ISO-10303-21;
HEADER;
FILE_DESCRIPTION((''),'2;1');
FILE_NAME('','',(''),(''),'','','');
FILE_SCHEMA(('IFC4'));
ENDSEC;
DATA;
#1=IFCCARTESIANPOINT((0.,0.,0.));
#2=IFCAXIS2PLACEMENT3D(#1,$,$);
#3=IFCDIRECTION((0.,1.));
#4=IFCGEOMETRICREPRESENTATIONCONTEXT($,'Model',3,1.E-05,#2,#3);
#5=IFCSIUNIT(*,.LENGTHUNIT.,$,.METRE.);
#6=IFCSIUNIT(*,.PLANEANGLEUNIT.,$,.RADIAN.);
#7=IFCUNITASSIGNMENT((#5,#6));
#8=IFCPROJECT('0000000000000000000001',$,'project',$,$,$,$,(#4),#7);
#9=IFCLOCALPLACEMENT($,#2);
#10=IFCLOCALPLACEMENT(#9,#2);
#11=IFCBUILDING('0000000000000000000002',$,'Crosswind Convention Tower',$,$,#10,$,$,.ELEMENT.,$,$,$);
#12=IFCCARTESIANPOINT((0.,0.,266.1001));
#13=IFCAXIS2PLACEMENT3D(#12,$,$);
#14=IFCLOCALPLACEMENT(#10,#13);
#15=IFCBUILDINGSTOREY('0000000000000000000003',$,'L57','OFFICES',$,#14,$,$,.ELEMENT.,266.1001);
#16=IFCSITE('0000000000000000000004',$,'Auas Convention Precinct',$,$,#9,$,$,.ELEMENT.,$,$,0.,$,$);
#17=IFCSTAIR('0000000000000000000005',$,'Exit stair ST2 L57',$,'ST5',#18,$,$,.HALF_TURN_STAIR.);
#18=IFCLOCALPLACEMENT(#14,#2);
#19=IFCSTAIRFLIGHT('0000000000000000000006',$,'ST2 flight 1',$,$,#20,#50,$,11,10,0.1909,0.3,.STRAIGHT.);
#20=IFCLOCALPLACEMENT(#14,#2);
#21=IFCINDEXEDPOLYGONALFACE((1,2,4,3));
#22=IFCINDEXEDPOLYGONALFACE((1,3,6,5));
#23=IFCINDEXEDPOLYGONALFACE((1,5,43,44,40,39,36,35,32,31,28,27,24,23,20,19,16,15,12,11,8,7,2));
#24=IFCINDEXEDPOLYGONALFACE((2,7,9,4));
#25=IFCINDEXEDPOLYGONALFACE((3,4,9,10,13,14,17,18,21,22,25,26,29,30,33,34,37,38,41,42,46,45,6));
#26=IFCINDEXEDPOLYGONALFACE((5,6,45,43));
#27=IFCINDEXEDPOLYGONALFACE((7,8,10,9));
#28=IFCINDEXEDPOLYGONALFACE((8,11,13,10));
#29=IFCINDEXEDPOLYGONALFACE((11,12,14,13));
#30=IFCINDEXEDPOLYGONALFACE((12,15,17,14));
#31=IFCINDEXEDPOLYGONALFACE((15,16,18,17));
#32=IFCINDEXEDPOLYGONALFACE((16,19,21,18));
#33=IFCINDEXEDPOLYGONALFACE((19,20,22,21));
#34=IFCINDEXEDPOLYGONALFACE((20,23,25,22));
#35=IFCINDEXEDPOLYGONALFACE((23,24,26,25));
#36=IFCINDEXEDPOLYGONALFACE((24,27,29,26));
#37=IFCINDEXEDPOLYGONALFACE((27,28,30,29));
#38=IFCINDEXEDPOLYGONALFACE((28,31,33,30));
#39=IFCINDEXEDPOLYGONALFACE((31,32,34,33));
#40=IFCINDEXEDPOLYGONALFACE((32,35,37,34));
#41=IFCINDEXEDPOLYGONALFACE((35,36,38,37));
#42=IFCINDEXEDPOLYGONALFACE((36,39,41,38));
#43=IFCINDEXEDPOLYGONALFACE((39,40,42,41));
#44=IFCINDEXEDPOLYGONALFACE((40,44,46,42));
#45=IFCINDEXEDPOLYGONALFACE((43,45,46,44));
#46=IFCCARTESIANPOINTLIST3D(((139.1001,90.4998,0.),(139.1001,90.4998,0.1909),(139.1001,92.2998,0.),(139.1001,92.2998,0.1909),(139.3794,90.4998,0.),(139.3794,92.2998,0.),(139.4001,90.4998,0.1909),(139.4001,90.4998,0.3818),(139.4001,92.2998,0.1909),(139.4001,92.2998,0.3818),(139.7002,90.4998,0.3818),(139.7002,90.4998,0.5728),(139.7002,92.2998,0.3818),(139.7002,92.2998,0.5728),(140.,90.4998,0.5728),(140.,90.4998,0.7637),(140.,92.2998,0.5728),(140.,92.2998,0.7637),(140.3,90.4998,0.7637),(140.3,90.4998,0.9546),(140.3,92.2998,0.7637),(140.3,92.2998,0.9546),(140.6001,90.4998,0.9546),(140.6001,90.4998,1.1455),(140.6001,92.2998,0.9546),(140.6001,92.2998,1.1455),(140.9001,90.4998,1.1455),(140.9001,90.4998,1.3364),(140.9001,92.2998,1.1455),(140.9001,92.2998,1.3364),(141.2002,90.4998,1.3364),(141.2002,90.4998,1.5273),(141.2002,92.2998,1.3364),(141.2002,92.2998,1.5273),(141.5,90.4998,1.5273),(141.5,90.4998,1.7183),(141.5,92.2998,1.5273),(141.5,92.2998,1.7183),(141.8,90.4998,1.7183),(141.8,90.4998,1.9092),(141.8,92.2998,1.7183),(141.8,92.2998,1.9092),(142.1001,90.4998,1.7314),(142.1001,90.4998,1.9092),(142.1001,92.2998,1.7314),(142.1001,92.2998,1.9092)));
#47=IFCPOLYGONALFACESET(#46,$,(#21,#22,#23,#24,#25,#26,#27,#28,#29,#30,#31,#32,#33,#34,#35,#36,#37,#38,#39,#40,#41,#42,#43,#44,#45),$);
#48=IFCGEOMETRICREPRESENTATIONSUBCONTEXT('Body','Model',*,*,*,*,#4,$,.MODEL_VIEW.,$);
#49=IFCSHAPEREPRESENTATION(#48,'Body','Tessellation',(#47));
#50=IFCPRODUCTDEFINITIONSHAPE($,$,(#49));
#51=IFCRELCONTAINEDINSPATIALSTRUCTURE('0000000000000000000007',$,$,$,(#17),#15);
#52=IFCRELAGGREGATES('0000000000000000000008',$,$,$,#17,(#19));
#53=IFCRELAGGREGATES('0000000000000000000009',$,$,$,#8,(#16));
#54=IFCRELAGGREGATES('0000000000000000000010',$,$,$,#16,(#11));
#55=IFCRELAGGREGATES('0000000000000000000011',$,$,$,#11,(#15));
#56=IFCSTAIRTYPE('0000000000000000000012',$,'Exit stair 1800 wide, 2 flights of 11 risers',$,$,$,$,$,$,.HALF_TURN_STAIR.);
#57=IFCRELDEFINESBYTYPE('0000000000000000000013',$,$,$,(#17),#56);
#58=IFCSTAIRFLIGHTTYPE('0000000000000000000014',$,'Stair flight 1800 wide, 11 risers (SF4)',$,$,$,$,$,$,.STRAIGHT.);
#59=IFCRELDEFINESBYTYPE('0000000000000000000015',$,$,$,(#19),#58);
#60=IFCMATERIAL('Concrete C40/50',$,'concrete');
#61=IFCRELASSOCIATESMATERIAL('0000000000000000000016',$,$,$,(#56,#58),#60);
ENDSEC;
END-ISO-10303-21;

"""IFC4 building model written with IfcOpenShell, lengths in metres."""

from ifc_helpers import new_model, si_unit, direction, frame, origin, place, context, subcontext, project, spatial, polyline, outline, extrude, material, type_object, element, aggregate, save


model = new_model("IFC4")

# Units and contexts
model_context = context("Model", 3, precision=1e-05, world=origin(), true_north=direction((0.0, 1.0)))
body_context = subcontext(model_context, "Body", "Model", "MODEL_VIEW")
ifc_project = project(units=[si_unit("LENGTHUNIT", "METRE"), si_unit("PLANEANGLEUNIT", "RADIAN")], contexts=[model_context])

# Site, building, storey
site_placement = place(None, origin())
site = spatial("IfcSite", under=ifc_project, at=site_placement, Name="Auas Convention Precinct", CompositionType="ELEMENT", RefElevation=0.0)
building_placement = place(site_placement, origin())
building = spatial("IfcBuilding", under=site, at=building_placement, Name="Crosswind Convention Tower", CompositionType="ELEMENT")
storey_placement = place(building_placement, frame((0.0, 0.0, 266.1001)))
storey = spatial("IfcBuildingStorey", under=building, at=storey_placement, Name="L57", Description="OFFICES", CompositionType="ELEMENT", Elevation=266.1001)

# Stair, stair flight
ifc_material_1 = material(Name="Concrete C40/50", Category="concrete")
stair_type = type_object("IfcStairType", Name="Exit stair 1800 wide, 2 flights of 11 risers", PredefinedType="HALF_TURN_STAIR", material=ifc_material_1)
stair_placement = place(storey_placement, origin())
stair = element("IfcStair", 1, at=stair_placement, inside=storey, type_object=stair_type, Name="Exit stair ST2 L57", ObjectType="ST5", PredefinedType="HALF_TURN_STAIR")
stair_flight_type = type_object("IfcStairFlightType", Name="Stair flight 1800 wide, 11 risers (SF4)", PredefinedType="STRAIGHT", material=ifc_material_1)
stair_flight_placement = place(storey_placement, frame((139.1001, 91.3999, 0.0), z_axis=(0.0, 0.0, 1.0), x_axis=(1.0, 0.0, 0.0)))
stair_flight = element("IfcStairFlight", 2, at=stair_flight_placement, type_object=stair_flight_type, Name="ST2 flight 1", NumberOfRisers=11, NumberOfTreads=10, PredefinedType="STRAIGHT", RiserHeight=0.1909, TreadLength=0.3, context=body_context, shape_type="SweptSolid", body=[
    extrude(outline(polyline([(0.0, 0.0), (0.0, 0.1909), (0.3, 0.1909), (0.3, 0.3818), (0.6001, 0.3818), (0.6001, 0.5728), (0.8999, 0.5728), (0.8999, 0.7637), (1.2, 0.7637), (1.2, 0.9546), (1.5, 0.9546), (1.5, 1.1455), (1.8, 1.1455), (1.8, 1.3364), (2.1001, 1.3364), (2.1001, 1.5273), (2.3999, 1.5273), (2.3999, 1.7183), (2.7, 1.7183), (2.7, 1.9092), (3.0, 1.9092), (3.0, 2.1001), (3.0, 1.7314), (0.2793, 0.0), (0.0, 0.0)])), frame((0.0, 0.8999, 0.0), z_axis=(0.0, -1.0, 0.0), x_axis=(1.0, 0.0, 0.0)), (0.0, 0.0, 1.0), 1.8),
])
aggregate(stair, [stair_flight])

save(model, "model.ifc")
